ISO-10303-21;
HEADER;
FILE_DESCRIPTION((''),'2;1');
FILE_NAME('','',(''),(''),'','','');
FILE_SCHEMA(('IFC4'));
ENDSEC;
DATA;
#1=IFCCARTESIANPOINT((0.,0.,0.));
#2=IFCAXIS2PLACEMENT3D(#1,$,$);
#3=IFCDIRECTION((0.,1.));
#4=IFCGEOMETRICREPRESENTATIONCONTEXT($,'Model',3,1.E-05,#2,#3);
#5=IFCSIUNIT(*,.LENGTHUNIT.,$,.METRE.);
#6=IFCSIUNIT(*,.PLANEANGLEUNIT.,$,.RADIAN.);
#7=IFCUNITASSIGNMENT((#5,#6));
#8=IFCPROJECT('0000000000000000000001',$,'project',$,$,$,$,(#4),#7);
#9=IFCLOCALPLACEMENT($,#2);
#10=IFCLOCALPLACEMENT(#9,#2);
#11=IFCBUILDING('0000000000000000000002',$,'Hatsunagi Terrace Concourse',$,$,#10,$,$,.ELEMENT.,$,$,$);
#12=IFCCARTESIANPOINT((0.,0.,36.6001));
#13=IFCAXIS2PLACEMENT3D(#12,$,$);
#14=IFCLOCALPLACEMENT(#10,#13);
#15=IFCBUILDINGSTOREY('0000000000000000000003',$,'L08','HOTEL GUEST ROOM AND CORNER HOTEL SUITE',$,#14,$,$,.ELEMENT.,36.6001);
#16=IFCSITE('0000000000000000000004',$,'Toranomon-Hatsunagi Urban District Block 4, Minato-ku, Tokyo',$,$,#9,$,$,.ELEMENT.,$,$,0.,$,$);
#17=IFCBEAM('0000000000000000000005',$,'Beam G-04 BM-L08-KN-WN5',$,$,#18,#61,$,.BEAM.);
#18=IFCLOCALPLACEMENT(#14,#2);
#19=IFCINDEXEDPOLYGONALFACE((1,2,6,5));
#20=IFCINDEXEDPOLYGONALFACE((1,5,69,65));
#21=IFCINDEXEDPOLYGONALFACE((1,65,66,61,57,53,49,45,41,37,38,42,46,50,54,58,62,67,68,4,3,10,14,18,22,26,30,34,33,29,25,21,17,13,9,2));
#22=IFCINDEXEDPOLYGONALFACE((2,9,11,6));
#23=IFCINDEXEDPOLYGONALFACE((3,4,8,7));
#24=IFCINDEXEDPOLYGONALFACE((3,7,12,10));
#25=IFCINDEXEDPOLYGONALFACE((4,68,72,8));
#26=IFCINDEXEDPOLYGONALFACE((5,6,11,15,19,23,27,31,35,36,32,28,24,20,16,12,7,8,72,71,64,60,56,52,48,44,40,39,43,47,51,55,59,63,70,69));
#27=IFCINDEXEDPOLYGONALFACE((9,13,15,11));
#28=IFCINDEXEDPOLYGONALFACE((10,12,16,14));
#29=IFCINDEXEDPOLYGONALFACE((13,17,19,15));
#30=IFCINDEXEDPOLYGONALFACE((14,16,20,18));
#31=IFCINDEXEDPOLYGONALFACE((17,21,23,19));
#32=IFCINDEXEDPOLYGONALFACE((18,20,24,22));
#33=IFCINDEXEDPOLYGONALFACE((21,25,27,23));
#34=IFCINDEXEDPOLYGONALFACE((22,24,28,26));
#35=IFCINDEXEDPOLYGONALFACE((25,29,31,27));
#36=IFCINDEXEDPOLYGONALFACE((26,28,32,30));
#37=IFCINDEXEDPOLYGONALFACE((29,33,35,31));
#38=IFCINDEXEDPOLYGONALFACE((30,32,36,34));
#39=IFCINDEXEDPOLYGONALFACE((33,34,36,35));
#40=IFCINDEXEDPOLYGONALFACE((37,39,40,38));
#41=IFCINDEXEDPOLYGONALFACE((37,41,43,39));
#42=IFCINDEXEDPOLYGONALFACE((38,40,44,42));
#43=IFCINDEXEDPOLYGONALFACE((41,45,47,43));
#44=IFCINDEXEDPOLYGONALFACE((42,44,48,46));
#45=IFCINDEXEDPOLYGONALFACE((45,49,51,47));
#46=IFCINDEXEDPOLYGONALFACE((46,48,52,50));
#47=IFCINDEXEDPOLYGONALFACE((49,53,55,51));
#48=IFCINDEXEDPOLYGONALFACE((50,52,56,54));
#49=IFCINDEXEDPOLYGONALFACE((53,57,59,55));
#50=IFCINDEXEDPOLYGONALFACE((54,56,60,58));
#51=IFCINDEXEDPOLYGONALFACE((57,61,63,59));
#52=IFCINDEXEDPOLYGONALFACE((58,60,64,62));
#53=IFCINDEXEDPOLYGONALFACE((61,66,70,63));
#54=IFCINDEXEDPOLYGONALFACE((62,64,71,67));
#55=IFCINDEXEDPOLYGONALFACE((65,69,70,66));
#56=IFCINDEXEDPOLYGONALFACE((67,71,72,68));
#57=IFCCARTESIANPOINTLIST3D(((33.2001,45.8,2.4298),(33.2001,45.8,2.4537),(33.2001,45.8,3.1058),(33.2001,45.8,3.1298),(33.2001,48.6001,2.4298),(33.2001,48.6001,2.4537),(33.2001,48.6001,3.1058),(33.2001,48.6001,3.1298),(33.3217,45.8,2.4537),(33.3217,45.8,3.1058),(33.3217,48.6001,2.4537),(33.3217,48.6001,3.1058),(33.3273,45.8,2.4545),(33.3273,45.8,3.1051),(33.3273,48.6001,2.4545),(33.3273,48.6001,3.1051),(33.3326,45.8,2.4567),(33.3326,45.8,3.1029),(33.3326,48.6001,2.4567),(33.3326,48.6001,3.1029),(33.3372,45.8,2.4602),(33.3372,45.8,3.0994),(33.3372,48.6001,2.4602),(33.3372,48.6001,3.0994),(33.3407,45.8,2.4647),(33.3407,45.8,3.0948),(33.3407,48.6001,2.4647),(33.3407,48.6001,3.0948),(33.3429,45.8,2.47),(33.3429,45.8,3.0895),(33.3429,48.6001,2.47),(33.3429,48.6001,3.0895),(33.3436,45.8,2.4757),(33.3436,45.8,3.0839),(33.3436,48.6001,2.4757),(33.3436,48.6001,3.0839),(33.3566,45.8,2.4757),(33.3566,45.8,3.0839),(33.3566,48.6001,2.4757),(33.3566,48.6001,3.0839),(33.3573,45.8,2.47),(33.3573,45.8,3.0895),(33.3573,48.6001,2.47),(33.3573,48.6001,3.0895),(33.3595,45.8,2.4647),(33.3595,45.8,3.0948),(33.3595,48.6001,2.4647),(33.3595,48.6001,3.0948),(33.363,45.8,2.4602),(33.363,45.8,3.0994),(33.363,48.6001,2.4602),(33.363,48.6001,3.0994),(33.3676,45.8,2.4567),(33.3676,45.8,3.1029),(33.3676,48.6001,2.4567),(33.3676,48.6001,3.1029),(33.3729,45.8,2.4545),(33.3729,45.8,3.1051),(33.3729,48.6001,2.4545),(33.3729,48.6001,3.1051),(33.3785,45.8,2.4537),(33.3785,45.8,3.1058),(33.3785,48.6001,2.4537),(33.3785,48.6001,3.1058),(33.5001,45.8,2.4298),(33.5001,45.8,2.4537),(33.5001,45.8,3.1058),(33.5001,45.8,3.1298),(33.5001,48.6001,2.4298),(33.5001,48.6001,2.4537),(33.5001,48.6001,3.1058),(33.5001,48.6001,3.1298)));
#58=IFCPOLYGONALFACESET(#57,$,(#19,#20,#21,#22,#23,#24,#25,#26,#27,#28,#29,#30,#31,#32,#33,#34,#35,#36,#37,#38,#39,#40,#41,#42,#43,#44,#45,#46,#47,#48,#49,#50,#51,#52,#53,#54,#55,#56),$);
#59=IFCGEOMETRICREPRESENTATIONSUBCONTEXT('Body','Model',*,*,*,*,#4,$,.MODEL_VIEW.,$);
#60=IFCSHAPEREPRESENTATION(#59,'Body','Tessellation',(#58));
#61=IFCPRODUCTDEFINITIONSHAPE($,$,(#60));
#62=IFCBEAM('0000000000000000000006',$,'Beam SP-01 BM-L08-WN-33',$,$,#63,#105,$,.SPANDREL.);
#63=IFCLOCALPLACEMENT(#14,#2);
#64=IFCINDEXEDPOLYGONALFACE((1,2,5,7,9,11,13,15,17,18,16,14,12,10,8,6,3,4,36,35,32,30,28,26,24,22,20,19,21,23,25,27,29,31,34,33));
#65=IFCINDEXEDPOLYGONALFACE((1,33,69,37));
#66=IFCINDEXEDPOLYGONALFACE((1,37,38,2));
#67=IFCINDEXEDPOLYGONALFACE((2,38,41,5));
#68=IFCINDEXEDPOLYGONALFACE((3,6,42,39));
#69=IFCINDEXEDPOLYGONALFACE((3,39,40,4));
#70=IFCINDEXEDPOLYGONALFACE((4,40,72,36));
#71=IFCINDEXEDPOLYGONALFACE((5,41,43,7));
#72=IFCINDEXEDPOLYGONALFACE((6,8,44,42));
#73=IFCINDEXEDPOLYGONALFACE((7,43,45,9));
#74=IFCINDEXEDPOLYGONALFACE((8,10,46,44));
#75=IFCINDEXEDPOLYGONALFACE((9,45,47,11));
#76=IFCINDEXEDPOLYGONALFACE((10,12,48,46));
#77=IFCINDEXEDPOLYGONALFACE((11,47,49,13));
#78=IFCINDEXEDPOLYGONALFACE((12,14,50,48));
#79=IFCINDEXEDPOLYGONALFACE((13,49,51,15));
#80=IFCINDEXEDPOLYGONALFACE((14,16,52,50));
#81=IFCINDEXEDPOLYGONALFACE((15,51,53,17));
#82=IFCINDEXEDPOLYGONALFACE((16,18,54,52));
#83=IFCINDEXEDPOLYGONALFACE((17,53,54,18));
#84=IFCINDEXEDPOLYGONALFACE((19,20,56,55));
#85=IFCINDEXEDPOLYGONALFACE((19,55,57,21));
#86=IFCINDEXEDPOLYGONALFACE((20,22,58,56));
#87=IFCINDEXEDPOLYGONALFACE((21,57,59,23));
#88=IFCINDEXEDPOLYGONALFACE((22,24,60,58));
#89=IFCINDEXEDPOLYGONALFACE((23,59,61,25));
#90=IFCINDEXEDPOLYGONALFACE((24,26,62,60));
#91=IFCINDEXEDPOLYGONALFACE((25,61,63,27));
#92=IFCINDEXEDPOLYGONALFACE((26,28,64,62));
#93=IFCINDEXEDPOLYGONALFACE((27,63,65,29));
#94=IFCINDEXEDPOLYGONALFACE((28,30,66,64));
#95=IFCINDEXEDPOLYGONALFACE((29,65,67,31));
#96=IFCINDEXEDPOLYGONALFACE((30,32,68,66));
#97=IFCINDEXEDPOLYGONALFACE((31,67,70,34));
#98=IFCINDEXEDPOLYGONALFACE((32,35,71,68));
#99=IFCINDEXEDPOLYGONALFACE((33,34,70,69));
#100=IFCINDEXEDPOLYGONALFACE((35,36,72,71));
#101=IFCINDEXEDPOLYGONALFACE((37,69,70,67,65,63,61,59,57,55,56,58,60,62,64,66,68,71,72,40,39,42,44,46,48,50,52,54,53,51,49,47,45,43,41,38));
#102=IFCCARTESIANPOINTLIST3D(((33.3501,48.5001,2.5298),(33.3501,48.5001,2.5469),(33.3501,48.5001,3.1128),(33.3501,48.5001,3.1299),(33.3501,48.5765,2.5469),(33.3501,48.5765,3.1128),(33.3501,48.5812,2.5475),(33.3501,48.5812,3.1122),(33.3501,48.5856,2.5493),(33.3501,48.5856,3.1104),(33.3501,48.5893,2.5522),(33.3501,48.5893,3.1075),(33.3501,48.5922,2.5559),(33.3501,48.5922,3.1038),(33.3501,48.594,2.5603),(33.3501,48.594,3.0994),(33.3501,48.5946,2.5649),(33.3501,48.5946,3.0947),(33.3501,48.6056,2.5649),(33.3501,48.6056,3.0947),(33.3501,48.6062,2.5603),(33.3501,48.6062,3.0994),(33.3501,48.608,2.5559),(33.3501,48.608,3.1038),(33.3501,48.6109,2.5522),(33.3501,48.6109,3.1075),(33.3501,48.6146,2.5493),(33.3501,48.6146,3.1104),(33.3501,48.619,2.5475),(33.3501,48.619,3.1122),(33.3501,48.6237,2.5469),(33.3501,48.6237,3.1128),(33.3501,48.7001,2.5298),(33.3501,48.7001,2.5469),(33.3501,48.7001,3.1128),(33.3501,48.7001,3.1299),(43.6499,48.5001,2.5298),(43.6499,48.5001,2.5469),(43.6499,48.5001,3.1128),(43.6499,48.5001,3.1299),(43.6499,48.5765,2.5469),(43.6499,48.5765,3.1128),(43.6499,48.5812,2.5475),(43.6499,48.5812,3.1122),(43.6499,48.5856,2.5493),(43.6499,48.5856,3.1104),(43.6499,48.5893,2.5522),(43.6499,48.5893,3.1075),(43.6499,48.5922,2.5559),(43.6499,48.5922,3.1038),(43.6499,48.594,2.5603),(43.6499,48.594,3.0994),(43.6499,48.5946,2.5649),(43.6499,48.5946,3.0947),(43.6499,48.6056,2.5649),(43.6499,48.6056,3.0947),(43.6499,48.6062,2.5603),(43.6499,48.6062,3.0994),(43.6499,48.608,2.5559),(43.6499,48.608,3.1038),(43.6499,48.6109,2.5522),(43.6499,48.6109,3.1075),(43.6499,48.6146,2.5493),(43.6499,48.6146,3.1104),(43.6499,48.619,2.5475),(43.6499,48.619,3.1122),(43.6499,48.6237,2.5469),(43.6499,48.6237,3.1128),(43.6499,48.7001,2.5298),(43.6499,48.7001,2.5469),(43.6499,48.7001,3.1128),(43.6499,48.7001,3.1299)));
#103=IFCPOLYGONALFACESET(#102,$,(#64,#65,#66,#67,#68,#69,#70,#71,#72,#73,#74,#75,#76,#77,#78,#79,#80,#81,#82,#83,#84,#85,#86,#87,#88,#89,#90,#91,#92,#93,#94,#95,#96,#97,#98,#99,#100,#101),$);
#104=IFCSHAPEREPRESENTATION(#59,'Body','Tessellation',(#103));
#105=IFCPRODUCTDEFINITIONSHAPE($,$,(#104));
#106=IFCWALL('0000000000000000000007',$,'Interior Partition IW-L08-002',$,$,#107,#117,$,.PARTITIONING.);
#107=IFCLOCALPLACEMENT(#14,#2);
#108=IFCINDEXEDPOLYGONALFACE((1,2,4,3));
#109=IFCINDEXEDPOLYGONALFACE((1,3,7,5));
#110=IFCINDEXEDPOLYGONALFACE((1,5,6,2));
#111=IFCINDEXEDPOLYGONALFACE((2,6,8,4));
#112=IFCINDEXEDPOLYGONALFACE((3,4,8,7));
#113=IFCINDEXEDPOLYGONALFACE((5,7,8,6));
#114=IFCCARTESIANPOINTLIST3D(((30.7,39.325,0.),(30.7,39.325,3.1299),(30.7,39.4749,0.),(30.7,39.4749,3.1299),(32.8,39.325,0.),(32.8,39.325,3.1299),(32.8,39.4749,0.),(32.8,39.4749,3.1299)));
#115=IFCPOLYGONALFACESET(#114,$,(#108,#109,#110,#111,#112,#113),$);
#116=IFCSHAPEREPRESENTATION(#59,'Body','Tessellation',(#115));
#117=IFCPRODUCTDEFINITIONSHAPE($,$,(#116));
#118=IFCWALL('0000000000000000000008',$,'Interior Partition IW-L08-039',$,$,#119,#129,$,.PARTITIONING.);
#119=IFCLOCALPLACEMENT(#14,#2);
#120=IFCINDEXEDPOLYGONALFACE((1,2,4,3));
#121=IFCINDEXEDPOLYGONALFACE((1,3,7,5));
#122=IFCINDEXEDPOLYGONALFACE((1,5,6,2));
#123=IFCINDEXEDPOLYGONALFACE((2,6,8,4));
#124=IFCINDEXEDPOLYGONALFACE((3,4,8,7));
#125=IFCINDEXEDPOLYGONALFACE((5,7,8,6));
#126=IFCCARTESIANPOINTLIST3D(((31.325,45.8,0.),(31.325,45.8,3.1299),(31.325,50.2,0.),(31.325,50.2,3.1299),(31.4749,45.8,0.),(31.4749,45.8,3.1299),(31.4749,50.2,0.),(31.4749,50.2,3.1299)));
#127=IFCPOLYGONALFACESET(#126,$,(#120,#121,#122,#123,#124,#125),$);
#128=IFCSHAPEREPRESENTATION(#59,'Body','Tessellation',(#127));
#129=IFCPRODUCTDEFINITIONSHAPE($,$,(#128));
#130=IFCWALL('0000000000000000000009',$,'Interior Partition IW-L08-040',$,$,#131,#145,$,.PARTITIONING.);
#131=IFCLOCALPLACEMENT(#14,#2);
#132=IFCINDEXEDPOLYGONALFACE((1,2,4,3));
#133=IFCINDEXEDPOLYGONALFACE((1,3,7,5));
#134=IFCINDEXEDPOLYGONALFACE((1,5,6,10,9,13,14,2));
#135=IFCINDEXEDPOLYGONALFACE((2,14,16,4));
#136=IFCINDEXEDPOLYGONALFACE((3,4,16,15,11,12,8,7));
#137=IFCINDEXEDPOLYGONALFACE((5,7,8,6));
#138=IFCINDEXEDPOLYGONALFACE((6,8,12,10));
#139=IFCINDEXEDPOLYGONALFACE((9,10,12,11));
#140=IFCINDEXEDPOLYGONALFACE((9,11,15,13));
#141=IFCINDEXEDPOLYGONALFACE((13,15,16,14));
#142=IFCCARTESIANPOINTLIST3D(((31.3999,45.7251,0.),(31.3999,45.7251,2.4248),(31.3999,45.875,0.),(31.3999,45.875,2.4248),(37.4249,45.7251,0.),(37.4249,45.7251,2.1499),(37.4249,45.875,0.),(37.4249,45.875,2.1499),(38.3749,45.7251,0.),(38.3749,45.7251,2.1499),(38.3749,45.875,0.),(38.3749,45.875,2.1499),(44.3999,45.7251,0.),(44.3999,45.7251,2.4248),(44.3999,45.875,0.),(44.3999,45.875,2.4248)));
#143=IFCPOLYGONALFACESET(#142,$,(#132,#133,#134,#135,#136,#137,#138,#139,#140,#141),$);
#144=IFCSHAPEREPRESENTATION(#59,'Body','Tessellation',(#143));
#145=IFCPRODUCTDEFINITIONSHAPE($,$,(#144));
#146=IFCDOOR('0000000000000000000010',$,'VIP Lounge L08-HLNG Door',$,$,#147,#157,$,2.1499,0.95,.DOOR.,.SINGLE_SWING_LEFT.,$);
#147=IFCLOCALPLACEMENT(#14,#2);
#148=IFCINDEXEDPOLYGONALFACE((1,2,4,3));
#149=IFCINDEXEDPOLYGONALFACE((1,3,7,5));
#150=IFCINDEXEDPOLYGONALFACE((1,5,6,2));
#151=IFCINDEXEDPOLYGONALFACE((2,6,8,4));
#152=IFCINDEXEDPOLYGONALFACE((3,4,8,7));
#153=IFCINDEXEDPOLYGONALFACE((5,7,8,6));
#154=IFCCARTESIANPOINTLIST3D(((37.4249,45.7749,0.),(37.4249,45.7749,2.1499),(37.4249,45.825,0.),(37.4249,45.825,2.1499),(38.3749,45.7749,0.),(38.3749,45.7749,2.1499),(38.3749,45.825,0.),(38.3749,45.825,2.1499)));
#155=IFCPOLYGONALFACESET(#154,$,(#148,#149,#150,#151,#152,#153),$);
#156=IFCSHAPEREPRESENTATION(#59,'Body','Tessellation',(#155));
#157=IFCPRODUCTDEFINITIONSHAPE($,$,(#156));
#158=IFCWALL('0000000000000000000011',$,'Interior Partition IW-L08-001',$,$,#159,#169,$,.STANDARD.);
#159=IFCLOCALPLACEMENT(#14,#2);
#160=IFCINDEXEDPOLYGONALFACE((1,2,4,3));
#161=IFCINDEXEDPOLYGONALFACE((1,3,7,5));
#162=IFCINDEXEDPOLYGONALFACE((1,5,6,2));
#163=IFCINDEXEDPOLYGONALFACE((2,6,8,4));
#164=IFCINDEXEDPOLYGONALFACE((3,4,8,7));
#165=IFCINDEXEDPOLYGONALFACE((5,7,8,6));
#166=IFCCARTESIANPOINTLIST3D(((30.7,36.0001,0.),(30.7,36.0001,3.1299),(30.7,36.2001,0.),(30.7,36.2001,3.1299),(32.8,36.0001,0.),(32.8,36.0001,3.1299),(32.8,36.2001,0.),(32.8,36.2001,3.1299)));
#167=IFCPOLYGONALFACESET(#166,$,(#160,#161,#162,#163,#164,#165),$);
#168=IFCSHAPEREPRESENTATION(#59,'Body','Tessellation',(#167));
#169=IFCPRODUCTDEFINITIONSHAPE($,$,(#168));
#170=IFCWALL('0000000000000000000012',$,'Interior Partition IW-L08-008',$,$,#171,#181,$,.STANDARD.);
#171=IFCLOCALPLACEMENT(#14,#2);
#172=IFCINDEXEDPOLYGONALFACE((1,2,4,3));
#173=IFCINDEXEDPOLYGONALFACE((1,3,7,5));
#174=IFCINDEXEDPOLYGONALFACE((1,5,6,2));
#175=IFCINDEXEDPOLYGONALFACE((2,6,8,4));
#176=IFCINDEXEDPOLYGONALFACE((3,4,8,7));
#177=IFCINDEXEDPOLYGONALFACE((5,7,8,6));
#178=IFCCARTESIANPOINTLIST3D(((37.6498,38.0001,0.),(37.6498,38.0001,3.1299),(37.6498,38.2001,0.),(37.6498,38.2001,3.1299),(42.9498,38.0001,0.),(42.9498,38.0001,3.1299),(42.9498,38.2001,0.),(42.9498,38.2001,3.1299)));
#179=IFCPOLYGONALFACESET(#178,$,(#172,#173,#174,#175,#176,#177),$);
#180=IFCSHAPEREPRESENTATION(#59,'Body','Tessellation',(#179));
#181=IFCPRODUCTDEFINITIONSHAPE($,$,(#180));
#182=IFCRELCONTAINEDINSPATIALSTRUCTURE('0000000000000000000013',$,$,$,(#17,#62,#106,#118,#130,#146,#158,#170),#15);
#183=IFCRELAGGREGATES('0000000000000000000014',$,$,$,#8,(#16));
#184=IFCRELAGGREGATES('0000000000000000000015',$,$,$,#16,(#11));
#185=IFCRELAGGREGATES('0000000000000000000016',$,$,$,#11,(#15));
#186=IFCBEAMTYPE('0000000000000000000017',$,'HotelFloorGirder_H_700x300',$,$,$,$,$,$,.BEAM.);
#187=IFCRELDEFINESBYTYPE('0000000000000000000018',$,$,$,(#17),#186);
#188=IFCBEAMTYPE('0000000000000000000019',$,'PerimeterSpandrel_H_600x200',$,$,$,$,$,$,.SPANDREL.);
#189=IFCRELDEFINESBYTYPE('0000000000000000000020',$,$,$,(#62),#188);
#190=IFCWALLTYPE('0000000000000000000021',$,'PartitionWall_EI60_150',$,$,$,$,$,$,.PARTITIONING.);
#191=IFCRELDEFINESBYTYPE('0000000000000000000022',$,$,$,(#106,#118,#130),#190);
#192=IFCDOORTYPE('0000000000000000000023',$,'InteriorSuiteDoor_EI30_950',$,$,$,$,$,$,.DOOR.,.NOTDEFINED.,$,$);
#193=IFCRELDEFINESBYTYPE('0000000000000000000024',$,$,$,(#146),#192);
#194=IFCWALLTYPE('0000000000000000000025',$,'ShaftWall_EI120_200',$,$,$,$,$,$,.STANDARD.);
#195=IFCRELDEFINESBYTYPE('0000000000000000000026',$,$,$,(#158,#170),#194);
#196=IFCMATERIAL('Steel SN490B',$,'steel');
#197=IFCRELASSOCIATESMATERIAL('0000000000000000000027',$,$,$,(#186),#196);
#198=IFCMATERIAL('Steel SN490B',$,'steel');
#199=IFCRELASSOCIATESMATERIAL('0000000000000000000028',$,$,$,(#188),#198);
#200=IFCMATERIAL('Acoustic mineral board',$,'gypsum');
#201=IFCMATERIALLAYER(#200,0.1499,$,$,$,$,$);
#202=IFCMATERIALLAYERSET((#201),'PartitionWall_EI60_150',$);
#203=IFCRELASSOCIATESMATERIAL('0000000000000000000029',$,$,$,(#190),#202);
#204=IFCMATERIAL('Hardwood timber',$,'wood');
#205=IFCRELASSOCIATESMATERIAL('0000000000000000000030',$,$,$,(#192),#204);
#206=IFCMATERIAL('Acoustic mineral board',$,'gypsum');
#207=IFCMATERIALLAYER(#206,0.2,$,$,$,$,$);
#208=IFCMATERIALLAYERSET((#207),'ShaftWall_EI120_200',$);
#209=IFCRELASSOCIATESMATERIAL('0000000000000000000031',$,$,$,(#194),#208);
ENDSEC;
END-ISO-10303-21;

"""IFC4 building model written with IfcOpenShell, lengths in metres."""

from ifc_helpers import new_model, si_unit, direction, frame, frame_2d, origin, origin_2d, place, context, subcontext, project, spatial, rectangle, i_section, extrude, material, layer, layer_set, material_profile, profile_set, type_object, element, fill, save


model = new_model("IFC4")

# Units and contexts
model_context = context("Model", 3, precision=1e-05, world=origin(), true_north=direction((0.0, 1.0)))
body_context = subcontext(model_context, "Body", "Model", "MODEL_VIEW")
ifc_project = project(units=[si_unit("LENGTHUNIT", "METRE"), si_unit("PLANEANGLEUNIT", "RADIAN")], contexts=[model_context])

# Site, building, storey
site_placement = place(None, origin())
site = spatial("IfcSite", under=ifc_project, at=site_placement, Name="Toranomon-Hatsunagi Urban District Block 4, Minato-ku, Tokyo", CompositionType="ELEMENT", RefElevation=0.0)
building_placement = place(site_placement, origin())
building = spatial("IfcBuilding", under=site, at=building_placement, Name="Hatsunagi Terrace Concourse", CompositionType="ELEMENT")
storey_placement = place(building_placement, frame((0.0, 0.0, 36.6001)))
storey = spatial("IfcBuildingStorey", under=building, at=storey_placement, Name="L08", Description="HOTEL GUEST ROOM AND CORNER HOTEL SUITE", CompositionType="ELEMENT", Elevation=36.6001)

# Beams
ifc_material_1 = material(Name="Steel SN490B", Category="steel")
ifc_material_profile_1 = material_profile(ifc_material_1, i_section(OverallWidth=0.3, OverallDepth=0.7, WebThickness=0.0129, FlangeThickness=0.0239, FilletRadius=0.022, at=origin_2d()), Name="H-700x300x13x24")
ifc_profile_set_1 = profile_set([ifc_material_profile_1], Name="Steel SN490B")
beam_type_1 = type_object("IfcBeamType", Name="HotelFloorGirder_H_700x300", PredefinedType="BEAM", material=ifc_profile_set_1)
beam_1_placement = place(storey_placement, frame((33.3501, 45.8, 2.7798), z_axis=(0.0, 1.0, 0.0), x_axis=(-1.0, 0.0, 0.0)))
element("IfcBeam", 1, at=beam_1_placement, inside=storey, type_object=beam_type_1, Name="Beam G-04 BM-L08-KN-WN5", PredefinedType="BEAM", context=body_context, shape_type="SweptSolid", body=[
    extrude(i_section(OverallWidth=0.3, OverallDepth=0.7, WebThickness=0.0129, FlangeThickness=0.0239, FilletRadius=0.022, at=origin_2d()), origin(), (0.0, 0.0, 1.0), 2.8),
])
ifc_material_2 = material(Name="Steel SN490B", Category="steel")
ifc_material_profile_2 = material_profile(ifc_material_2, i_section(OverallWidth=0.2, OverallDepth=0.6001, WebThickness=0.011, FlangeThickness=0.0171, FilletRadius=0.0181, at=origin_2d()), Name="H-600x200x11x17")
ifc_profile_set_2 = profile_set([ifc_material_profile_2], Name="Steel SN490B")
beam_type_2 = type_object("IfcBeamType", Name="PerimeterSpandrel_H_600x200", PredefinedType="SPANDREL", material=ifc_profile_set_2)
beam_2_placement = place(storey_placement, frame((33.3501, 48.6001, 2.8298), z_axis=(1.0, 0.0, 0.0), x_axis=(0.0, 1.0, 0.0)))
element("IfcBeam", 2, at=beam_2_placement, inside=storey, type_object=beam_type_2, Name="Beam SP-01 BM-L08-WN-33", PredefinedType="SPANDREL", context=body_context, shape_type="SweptSolid", body=[
    extrude(i_section(OverallWidth=0.2, OverallDepth=0.6001, WebThickness=0.011, FlangeThickness=0.0171, FilletRadius=0.0181, at=origin_2d()), origin(), (0.0, 0.0, 1.0), 10.2998),
])

# Walls
ifc_material_3 = material(Name="Acoustic mineral board", Category="gypsum")
ifc_layer_1 = layer(ifc_material_3, 0.1499)
ifc_layer_set_1 = layer_set([ifc_layer_1], Name="PartitionWall_EI60_150")
wall_type_1 = type_object("IfcWallType", Name="PartitionWall_EI60_150", PredefinedType="PARTITIONING", material=ifc_layer_set_1)
wall_1_placement = place(storey_placement, frame((30.7, 39.3999, 0.0), z_axis=(0.0, 0.0, 1.0), x_axis=(1.0, 0.0, 0.0)))
element("IfcWall", 3, at=wall_1_placement, inside=storey, type_object=wall_type_1, Name="Interior Partition IW-L08-002", PredefinedType="PARTITIONING", context=body_context, shape_type="SweptSolid", body=[
    extrude(rectangle(XDim=2.1001, YDim=0.1499, at=frame_2d((1.05, 0.0))), origin(), (0.0, 0.0, 1.0), 3.1299),
])
wall_2_placement = place(storey_placement, frame((31.3999, 45.8, 0.0), z_axis=(0.0, 0.0, 1.0), x_axis=(0.0, 1.0, 0.0)))
element("IfcWall", 4, at=wall_2_placement, inside=storey, type_object=wall_type_1, Name="Interior Partition IW-L08-039", PredefinedType="PARTITIONING", context=body_context, shape_type="SweptSolid", body=[
    extrude(rectangle(XDim=4.3999, YDim=0.1499, at=frame_2d((2.2, 0.0))), origin(), (0.0, 0.0, 1.0), 3.1299),
])

# Wall, opening, door
wall_3_placement = place(storey_placement, frame((31.3999, 45.8, 0.0), z_axis=(0.0, 0.0, 1.0), x_axis=(1.0, 0.0, 0.0)))
wall_3 = element("IfcWall", 5, at=wall_3_placement, inside=storey, type_object=wall_type_1, Name="Interior Partition IW-L08-040", PredefinedType="PARTITIONING", context=body_context, shape_type="SweptSolid", body=[
    extrude(rectangle(XDim=13.0, YDim=0.1499, at=frame_2d((6.5, 0.0))), origin(), (0.0, 0.0, 1.0), 2.4248),
])
opening_1_placement = place(wall_3_placement, frame((6.0249, 0.0, 0.0)))
opening_1 = element("IfcOpeningElement", 6, at=opening_1_placement, cuts=wall_3, PredefinedType="OPENING", context=body_context, shape_type="SweptSolid", body=[
    extrude(rectangle(XDim=0.95, YDim=2.1499, at=frame_2d((0.4751, 1.075))), frame((0.0, 0.085, 0.0), z_axis=(0.0, -1.0, 0.0), x_axis=(1.0, 0.0, 0.0)), (0.0, 0.0, 1.0), 0.1699),
])
ifc_material_4 = material(Name="Hardwood timber", Category="wood")
door_type_1 = type_object("IfcDoorType", Name="InteriorSuiteDoor_EI30_950", OperationType="NOTDEFINED", PredefinedType="DOOR", material=ifc_material_4)
door_1_placement = place(opening_1_placement, origin())
door_1 = element("IfcDoor", 7, at=door_1_placement, inside=storey, type_object=door_type_1, Name="VIP Lounge L08-HLNG Door", OperationType="SINGLE_SWING_LEFT", OverallHeight=2.1499, OverallWidth=0.95, PredefinedType="DOOR", context=body_context, shape_type="SweptSolid", body=[
    extrude(rectangle(XDim=0.95, YDim=2.1499, at=frame_2d((0.4751, 1.075))), frame((0.0, 0.0249, 0.0), z_axis=(0.0, -1.0, 0.0), x_axis=(1.0, 0.0, 0.0)), (0.0, 0.0, 1.0), 0.05),
])
fill(opening_1, door_1)

# Walls
ifc_material_5 = material(Name="Acoustic mineral board", Category="gypsum")
ifc_layer_2 = layer(ifc_material_5, 0.2)
ifc_layer_set_2 = layer_set([ifc_layer_2], Name="ShaftWall_EI120_200")
wall_type_2 = type_object("IfcWallType", Name="ShaftWall_EI120_200", PredefinedType="STANDARD", material=ifc_layer_set_2)
wall_4_placement = place(storey_placement, frame((30.7, 36.1001, 0.0), z_axis=(0.0, 0.0, 1.0), x_axis=(1.0, 0.0, 0.0)))
element("IfcWall", 8, at=wall_4_placement, inside=storey, type_object=wall_type_2, Name="Interior Partition IW-L08-001", PredefinedType="STANDARD", context=body_context, shape_type="SweptSolid", body=[
    extrude(rectangle(XDim=2.1001, YDim=0.2, at=frame_2d((1.05, 0.0))), origin(), (0.0, 0.0, 1.0), 3.1299),
])
wall_5_placement = place(storey_placement, frame((37.6499, 38.1001, 0.0), z_axis=(0.0, 0.0, 1.0), x_axis=(1.0, 0.0, 0.0)))
element("IfcWall", 9, at=wall_5_placement, inside=storey, type_object=wall_type_2, Name="Interior Partition IW-L08-008", PredefinedType="STANDARD", context=body_context, shape_type="SweptSolid", body=[
    extrude(rectangle(XDim=5.3, YDim=0.2, at=frame_2d((2.6499, 0.0))), origin(), (0.0, 0.0, 1.0), 3.1299),
])

save(model, "model.ifc")
